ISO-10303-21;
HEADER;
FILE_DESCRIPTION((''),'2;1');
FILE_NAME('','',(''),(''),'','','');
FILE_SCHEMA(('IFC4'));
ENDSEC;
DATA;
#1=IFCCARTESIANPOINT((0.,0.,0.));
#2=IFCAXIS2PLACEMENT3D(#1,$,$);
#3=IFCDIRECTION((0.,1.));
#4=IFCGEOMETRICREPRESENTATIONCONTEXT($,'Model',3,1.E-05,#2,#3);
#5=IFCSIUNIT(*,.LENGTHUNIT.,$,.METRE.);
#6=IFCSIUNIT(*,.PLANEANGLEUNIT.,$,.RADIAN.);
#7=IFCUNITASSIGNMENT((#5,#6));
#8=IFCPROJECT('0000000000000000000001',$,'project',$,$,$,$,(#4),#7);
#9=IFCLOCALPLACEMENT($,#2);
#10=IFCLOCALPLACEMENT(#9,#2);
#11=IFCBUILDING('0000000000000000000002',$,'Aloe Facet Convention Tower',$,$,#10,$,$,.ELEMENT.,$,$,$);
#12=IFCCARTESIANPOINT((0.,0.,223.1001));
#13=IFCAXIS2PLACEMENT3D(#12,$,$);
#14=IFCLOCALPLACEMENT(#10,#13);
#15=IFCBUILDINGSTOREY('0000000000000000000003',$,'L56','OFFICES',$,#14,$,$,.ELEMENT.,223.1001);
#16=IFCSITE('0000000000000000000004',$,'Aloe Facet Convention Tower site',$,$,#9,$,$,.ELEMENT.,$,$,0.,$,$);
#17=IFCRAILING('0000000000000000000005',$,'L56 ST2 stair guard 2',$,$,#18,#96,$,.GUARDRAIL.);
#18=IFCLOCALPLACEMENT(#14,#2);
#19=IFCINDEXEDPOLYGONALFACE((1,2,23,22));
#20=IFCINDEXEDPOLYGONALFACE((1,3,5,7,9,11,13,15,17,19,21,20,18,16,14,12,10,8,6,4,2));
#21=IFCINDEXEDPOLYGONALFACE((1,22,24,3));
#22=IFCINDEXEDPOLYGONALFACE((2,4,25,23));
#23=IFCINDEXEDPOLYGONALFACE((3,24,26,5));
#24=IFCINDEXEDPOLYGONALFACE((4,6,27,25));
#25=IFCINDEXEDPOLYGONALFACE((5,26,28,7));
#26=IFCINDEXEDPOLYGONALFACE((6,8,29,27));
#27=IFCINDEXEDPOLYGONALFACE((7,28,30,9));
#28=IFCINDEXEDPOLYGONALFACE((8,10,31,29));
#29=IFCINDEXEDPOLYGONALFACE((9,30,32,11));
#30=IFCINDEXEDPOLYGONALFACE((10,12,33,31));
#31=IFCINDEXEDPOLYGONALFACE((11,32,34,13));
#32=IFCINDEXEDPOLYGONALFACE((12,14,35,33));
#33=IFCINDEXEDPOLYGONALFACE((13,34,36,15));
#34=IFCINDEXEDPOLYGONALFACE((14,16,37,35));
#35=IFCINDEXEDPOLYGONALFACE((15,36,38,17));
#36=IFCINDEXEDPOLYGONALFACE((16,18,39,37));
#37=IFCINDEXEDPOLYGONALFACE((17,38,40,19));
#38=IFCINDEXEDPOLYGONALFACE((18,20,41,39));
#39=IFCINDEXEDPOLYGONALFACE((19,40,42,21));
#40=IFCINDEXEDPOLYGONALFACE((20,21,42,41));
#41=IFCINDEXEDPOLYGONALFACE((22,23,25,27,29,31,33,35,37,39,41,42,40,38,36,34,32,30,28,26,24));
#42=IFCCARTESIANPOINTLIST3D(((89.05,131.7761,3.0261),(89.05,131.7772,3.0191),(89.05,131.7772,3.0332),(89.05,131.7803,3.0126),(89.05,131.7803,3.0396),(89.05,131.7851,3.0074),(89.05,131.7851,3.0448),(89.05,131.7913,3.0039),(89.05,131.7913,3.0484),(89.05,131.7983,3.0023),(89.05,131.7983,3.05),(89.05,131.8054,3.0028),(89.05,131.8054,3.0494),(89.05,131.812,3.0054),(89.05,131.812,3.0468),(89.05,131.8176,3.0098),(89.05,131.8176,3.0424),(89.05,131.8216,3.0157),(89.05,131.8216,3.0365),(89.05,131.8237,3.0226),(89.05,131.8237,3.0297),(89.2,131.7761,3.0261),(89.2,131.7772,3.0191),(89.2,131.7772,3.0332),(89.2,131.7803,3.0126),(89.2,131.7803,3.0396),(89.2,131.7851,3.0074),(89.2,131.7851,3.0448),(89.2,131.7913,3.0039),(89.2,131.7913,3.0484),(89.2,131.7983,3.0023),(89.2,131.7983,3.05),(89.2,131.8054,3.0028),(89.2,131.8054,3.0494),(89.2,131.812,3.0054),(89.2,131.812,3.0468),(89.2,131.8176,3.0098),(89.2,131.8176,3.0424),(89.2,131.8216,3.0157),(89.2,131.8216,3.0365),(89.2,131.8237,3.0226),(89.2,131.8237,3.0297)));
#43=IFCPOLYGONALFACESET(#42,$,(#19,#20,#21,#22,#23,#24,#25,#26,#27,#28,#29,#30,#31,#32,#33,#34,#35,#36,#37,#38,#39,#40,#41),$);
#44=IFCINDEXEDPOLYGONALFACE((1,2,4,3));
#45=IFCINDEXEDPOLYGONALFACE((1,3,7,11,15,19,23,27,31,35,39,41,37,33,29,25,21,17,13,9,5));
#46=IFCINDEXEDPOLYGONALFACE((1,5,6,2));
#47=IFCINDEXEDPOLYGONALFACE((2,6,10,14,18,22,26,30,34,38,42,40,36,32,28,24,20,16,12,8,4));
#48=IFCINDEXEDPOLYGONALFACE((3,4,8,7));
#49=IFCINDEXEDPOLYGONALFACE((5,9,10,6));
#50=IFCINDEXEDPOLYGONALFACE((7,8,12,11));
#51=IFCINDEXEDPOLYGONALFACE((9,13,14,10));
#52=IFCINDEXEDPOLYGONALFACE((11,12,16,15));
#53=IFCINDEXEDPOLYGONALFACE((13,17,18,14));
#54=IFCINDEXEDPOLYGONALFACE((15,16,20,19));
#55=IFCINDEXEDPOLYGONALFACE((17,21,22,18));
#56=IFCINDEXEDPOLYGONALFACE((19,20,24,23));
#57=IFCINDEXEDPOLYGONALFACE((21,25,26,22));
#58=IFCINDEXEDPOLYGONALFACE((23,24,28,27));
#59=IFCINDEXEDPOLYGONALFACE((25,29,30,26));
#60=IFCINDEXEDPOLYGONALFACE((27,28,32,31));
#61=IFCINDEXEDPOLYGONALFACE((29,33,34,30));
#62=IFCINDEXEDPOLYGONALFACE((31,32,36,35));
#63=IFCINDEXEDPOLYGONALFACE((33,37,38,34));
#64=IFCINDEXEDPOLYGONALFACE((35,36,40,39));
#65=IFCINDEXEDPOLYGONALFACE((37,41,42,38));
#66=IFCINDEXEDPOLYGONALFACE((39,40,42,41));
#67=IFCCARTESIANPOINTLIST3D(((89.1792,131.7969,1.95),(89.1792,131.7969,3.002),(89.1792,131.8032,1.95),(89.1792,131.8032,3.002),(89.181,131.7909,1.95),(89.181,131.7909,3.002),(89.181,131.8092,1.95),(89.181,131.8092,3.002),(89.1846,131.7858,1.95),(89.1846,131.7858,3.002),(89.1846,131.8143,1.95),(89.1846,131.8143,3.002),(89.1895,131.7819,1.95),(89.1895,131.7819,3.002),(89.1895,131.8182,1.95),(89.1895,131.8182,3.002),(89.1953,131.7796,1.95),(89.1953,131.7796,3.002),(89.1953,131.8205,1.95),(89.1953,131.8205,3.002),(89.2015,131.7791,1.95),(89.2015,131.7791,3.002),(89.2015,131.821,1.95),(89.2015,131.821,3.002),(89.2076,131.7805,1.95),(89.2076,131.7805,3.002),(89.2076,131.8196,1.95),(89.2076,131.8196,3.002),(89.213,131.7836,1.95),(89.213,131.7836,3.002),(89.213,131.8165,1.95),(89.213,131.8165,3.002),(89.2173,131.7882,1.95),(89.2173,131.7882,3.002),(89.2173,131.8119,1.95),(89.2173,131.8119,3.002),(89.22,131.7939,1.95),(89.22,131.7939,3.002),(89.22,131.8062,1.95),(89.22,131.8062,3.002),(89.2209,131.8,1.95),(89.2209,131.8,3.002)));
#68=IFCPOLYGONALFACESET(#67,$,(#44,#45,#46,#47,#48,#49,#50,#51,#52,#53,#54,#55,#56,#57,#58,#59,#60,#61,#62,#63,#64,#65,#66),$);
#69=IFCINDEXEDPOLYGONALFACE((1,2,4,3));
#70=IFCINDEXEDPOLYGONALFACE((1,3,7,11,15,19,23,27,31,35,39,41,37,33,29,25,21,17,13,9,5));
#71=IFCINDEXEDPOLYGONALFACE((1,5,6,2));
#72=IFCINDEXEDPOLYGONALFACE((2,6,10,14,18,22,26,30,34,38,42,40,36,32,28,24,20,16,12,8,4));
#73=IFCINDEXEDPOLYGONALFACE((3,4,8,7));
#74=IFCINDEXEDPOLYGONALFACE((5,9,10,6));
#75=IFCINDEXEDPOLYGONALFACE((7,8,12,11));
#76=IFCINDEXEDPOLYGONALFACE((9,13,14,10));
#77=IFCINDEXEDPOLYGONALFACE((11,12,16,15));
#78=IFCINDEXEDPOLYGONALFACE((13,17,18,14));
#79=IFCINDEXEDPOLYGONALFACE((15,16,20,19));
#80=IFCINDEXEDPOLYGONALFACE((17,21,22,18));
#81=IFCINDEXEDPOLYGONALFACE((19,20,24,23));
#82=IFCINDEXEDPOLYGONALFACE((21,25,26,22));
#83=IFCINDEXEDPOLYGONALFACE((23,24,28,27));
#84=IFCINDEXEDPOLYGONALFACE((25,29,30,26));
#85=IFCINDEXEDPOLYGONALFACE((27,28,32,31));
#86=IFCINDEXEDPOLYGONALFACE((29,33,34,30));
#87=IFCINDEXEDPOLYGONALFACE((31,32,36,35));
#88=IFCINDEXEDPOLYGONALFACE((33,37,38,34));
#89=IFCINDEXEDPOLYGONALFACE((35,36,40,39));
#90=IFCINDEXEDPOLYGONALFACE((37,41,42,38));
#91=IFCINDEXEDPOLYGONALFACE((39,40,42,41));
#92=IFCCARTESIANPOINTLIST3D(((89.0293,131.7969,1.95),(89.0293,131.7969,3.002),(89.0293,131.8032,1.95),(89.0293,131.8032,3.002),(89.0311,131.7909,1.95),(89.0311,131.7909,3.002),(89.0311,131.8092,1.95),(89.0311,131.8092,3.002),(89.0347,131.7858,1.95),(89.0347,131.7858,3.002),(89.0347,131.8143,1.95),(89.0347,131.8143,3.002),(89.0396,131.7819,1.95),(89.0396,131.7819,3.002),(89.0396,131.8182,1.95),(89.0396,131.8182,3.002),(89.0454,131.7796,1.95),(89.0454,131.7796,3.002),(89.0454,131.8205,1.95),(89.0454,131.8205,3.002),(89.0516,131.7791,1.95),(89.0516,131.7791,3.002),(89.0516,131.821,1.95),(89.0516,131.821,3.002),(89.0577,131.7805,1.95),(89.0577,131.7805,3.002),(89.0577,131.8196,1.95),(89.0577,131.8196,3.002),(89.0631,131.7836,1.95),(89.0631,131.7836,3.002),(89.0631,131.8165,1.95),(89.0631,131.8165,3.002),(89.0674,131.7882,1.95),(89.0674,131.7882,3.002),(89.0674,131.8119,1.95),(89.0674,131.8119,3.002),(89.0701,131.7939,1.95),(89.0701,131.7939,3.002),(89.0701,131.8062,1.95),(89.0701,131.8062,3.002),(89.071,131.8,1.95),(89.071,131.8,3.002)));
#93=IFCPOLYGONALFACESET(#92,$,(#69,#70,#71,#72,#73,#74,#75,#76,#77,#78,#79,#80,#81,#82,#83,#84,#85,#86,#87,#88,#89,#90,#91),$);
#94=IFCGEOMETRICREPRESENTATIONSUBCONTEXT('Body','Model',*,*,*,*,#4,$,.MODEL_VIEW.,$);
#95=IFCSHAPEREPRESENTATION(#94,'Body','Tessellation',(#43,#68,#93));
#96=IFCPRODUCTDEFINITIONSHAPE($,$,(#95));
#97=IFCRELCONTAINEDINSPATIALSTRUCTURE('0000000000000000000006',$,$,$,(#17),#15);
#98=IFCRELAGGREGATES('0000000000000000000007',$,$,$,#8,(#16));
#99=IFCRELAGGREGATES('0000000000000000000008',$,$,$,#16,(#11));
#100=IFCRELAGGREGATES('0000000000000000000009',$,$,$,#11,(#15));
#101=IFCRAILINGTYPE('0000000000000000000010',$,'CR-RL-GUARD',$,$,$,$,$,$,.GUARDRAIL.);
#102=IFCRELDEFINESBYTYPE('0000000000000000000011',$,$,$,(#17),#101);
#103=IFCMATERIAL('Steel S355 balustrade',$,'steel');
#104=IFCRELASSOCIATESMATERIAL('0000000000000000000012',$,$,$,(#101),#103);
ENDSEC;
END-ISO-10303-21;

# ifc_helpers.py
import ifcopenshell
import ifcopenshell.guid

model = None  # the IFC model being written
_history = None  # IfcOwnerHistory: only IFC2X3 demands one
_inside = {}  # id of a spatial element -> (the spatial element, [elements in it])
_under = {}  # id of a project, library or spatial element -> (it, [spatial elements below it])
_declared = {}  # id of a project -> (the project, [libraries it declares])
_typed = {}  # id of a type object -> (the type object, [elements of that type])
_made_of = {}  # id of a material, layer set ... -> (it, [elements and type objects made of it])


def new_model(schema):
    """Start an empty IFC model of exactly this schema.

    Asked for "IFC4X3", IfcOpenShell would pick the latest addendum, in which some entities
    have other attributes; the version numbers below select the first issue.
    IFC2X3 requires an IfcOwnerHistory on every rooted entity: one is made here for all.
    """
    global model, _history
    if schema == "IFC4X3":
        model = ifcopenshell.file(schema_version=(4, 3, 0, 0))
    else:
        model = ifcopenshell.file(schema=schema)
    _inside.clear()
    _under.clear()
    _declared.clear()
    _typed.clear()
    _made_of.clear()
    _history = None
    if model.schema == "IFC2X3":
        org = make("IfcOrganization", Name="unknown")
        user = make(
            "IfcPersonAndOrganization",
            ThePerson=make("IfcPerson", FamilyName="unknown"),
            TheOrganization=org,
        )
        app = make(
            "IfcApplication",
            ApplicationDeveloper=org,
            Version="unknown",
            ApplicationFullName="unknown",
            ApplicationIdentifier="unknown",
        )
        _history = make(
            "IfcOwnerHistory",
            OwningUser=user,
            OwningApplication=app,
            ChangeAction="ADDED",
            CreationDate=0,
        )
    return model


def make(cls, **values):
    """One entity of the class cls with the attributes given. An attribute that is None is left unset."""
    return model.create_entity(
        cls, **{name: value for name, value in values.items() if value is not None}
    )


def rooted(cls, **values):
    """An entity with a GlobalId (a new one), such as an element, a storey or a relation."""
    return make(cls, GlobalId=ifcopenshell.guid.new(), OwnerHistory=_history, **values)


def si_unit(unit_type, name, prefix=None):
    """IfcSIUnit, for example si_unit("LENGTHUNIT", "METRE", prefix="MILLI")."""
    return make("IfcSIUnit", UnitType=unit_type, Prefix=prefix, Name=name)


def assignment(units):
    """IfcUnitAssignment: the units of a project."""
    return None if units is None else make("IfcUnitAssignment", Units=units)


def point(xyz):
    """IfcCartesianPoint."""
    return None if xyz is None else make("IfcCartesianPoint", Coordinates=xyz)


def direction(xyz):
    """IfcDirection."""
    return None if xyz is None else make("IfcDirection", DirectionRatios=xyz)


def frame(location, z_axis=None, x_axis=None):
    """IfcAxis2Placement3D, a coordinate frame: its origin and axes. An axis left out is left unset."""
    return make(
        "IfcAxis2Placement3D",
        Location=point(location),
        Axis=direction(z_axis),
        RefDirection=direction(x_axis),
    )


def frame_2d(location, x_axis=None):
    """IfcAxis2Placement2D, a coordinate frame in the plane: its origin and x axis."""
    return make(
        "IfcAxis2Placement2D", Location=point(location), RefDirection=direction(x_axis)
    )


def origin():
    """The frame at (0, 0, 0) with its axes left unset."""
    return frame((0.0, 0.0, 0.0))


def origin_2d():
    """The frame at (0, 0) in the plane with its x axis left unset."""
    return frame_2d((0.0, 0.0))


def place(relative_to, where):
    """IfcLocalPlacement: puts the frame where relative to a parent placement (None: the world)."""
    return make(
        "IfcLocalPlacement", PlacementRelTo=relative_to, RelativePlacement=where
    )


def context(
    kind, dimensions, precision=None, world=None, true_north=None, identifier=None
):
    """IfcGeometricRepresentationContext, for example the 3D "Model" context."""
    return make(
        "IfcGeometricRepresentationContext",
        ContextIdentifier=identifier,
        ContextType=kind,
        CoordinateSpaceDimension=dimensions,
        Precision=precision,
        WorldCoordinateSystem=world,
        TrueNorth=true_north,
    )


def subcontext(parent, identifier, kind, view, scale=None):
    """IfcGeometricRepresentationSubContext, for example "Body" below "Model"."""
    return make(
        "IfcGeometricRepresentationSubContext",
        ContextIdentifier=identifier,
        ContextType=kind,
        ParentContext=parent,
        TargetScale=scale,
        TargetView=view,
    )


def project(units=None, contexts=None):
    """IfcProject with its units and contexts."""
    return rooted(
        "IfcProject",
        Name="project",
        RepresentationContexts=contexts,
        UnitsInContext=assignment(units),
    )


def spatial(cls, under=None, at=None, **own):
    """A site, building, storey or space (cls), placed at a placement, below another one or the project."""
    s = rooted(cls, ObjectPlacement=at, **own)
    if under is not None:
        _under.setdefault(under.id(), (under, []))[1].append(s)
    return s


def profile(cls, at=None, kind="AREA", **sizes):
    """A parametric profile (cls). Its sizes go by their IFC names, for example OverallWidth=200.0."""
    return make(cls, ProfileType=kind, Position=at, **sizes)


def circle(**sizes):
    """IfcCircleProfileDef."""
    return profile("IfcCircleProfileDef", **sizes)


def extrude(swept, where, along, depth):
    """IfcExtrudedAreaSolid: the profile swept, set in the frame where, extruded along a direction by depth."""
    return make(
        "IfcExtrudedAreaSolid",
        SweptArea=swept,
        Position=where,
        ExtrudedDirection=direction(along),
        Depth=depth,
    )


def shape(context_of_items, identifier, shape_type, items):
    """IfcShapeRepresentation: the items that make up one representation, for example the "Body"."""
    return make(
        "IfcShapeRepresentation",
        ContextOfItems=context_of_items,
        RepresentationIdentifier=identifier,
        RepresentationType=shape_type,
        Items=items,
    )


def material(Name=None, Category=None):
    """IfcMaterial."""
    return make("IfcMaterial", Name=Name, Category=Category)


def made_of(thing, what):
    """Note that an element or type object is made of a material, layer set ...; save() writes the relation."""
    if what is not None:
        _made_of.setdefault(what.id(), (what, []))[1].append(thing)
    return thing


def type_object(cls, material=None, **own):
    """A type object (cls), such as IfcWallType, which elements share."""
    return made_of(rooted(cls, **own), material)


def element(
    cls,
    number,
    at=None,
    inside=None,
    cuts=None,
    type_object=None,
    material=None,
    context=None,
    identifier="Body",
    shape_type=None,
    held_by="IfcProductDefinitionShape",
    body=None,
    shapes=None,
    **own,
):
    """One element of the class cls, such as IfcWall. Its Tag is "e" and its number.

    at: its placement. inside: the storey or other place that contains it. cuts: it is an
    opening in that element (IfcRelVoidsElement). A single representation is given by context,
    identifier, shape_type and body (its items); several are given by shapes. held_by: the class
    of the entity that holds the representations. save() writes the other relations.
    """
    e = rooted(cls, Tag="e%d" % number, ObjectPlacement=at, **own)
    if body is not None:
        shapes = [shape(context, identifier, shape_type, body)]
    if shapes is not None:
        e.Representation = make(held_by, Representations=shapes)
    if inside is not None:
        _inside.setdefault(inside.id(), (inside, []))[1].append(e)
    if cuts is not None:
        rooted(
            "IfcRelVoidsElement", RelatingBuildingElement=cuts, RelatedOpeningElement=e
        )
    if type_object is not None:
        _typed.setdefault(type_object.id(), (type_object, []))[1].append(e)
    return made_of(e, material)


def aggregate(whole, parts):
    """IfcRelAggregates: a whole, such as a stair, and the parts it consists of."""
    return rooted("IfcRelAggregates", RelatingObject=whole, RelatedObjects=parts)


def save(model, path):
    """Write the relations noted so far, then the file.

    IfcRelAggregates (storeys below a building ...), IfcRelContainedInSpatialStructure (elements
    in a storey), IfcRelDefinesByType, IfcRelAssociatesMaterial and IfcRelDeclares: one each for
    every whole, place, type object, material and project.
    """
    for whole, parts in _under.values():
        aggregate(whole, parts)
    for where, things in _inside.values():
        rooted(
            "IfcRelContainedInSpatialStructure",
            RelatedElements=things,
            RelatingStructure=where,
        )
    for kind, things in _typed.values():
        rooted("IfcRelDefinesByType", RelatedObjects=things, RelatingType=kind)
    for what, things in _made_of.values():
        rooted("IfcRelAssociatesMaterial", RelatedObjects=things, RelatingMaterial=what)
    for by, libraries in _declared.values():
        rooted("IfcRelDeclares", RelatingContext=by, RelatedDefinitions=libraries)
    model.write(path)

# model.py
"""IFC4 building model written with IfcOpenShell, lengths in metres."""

from ifc_helpers import new_model, si_unit, direction, frame, origin, origin_2d, place, context, subcontext, project, spatial, circle, extrude, material, type_object, element, save


model = new_model("IFC4")

# Units and contexts
model_context = context("Model", 3, precision=1e-05, world=origin(), true_north=direction((0.0, 1.0)))
body_context = subcontext(model_context, "Body", "Model", "MODEL_VIEW")
ifc_project = project(units=[si_unit("LENGTHUNIT", "METRE"), si_unit("PLANEANGLEUNIT", "RADIAN")], contexts=[model_context])

# Site, building, storey
site_placement = place(None, origin())
site = spatial("IfcSite", under=ifc_project, at=site_placement, Name="Aloe Facet Convention Tower site", CompositionType="ELEMENT", RefElevation=0.0)
building_placement = place(site_placement, origin())
building = spatial("IfcBuilding", under=site, at=building_placement, Name="Aloe Facet Convention Tower", CompositionType="ELEMENT")
storey_placement = place(building_placement, frame((0.0, 0.0, 223.1001)))
storey = spatial("IfcBuildingStorey", under=building, at=storey_placement, Name="L56", Description="OFFICES", CompositionType="ELEMENT", Elevation=223.1001)

# Railing
ifc_material_1 = material(Name="Steel S355 balustrade", Category="steel")
railing_type_1 = type_object("IfcRailingType", Name="CR-RL-GUARD", PredefinedType="GUARDRAIL", material=ifc_material_1)
railing_1_placement = place(storey_placement, frame((89.2, 131.8, 1.95)))
element("IfcRailing", 1, at=railing_1_placement, inside=storey, type_object=railing_type_1, Name="L56 ST2 stair guard 2", PredefinedType="GUARDRAIL", context=body_context, shape_type="SweptSolid", body=[
    extrude(circle(Radius=0.0239, at=origin_2d()), frame((0.0, 0.0, 1.0762), z_axis=(-1.0, 0.0, 0.0), x_axis=(0.0, -1.0, 0.0)), (0.0, 0.0, 1.0), 0.1499),
    extrude(circle(Radius=0.021, at=origin_2d()), origin(), (0.0, 0.0, 1.0), 1.052),
    extrude(circle(Radius=0.021, at=origin_2d()), frame((-0.1499, 0.0, 0.0)), (0.0, 0.0, 1.0), 1.052),
])

save(model, "model.ifc")
